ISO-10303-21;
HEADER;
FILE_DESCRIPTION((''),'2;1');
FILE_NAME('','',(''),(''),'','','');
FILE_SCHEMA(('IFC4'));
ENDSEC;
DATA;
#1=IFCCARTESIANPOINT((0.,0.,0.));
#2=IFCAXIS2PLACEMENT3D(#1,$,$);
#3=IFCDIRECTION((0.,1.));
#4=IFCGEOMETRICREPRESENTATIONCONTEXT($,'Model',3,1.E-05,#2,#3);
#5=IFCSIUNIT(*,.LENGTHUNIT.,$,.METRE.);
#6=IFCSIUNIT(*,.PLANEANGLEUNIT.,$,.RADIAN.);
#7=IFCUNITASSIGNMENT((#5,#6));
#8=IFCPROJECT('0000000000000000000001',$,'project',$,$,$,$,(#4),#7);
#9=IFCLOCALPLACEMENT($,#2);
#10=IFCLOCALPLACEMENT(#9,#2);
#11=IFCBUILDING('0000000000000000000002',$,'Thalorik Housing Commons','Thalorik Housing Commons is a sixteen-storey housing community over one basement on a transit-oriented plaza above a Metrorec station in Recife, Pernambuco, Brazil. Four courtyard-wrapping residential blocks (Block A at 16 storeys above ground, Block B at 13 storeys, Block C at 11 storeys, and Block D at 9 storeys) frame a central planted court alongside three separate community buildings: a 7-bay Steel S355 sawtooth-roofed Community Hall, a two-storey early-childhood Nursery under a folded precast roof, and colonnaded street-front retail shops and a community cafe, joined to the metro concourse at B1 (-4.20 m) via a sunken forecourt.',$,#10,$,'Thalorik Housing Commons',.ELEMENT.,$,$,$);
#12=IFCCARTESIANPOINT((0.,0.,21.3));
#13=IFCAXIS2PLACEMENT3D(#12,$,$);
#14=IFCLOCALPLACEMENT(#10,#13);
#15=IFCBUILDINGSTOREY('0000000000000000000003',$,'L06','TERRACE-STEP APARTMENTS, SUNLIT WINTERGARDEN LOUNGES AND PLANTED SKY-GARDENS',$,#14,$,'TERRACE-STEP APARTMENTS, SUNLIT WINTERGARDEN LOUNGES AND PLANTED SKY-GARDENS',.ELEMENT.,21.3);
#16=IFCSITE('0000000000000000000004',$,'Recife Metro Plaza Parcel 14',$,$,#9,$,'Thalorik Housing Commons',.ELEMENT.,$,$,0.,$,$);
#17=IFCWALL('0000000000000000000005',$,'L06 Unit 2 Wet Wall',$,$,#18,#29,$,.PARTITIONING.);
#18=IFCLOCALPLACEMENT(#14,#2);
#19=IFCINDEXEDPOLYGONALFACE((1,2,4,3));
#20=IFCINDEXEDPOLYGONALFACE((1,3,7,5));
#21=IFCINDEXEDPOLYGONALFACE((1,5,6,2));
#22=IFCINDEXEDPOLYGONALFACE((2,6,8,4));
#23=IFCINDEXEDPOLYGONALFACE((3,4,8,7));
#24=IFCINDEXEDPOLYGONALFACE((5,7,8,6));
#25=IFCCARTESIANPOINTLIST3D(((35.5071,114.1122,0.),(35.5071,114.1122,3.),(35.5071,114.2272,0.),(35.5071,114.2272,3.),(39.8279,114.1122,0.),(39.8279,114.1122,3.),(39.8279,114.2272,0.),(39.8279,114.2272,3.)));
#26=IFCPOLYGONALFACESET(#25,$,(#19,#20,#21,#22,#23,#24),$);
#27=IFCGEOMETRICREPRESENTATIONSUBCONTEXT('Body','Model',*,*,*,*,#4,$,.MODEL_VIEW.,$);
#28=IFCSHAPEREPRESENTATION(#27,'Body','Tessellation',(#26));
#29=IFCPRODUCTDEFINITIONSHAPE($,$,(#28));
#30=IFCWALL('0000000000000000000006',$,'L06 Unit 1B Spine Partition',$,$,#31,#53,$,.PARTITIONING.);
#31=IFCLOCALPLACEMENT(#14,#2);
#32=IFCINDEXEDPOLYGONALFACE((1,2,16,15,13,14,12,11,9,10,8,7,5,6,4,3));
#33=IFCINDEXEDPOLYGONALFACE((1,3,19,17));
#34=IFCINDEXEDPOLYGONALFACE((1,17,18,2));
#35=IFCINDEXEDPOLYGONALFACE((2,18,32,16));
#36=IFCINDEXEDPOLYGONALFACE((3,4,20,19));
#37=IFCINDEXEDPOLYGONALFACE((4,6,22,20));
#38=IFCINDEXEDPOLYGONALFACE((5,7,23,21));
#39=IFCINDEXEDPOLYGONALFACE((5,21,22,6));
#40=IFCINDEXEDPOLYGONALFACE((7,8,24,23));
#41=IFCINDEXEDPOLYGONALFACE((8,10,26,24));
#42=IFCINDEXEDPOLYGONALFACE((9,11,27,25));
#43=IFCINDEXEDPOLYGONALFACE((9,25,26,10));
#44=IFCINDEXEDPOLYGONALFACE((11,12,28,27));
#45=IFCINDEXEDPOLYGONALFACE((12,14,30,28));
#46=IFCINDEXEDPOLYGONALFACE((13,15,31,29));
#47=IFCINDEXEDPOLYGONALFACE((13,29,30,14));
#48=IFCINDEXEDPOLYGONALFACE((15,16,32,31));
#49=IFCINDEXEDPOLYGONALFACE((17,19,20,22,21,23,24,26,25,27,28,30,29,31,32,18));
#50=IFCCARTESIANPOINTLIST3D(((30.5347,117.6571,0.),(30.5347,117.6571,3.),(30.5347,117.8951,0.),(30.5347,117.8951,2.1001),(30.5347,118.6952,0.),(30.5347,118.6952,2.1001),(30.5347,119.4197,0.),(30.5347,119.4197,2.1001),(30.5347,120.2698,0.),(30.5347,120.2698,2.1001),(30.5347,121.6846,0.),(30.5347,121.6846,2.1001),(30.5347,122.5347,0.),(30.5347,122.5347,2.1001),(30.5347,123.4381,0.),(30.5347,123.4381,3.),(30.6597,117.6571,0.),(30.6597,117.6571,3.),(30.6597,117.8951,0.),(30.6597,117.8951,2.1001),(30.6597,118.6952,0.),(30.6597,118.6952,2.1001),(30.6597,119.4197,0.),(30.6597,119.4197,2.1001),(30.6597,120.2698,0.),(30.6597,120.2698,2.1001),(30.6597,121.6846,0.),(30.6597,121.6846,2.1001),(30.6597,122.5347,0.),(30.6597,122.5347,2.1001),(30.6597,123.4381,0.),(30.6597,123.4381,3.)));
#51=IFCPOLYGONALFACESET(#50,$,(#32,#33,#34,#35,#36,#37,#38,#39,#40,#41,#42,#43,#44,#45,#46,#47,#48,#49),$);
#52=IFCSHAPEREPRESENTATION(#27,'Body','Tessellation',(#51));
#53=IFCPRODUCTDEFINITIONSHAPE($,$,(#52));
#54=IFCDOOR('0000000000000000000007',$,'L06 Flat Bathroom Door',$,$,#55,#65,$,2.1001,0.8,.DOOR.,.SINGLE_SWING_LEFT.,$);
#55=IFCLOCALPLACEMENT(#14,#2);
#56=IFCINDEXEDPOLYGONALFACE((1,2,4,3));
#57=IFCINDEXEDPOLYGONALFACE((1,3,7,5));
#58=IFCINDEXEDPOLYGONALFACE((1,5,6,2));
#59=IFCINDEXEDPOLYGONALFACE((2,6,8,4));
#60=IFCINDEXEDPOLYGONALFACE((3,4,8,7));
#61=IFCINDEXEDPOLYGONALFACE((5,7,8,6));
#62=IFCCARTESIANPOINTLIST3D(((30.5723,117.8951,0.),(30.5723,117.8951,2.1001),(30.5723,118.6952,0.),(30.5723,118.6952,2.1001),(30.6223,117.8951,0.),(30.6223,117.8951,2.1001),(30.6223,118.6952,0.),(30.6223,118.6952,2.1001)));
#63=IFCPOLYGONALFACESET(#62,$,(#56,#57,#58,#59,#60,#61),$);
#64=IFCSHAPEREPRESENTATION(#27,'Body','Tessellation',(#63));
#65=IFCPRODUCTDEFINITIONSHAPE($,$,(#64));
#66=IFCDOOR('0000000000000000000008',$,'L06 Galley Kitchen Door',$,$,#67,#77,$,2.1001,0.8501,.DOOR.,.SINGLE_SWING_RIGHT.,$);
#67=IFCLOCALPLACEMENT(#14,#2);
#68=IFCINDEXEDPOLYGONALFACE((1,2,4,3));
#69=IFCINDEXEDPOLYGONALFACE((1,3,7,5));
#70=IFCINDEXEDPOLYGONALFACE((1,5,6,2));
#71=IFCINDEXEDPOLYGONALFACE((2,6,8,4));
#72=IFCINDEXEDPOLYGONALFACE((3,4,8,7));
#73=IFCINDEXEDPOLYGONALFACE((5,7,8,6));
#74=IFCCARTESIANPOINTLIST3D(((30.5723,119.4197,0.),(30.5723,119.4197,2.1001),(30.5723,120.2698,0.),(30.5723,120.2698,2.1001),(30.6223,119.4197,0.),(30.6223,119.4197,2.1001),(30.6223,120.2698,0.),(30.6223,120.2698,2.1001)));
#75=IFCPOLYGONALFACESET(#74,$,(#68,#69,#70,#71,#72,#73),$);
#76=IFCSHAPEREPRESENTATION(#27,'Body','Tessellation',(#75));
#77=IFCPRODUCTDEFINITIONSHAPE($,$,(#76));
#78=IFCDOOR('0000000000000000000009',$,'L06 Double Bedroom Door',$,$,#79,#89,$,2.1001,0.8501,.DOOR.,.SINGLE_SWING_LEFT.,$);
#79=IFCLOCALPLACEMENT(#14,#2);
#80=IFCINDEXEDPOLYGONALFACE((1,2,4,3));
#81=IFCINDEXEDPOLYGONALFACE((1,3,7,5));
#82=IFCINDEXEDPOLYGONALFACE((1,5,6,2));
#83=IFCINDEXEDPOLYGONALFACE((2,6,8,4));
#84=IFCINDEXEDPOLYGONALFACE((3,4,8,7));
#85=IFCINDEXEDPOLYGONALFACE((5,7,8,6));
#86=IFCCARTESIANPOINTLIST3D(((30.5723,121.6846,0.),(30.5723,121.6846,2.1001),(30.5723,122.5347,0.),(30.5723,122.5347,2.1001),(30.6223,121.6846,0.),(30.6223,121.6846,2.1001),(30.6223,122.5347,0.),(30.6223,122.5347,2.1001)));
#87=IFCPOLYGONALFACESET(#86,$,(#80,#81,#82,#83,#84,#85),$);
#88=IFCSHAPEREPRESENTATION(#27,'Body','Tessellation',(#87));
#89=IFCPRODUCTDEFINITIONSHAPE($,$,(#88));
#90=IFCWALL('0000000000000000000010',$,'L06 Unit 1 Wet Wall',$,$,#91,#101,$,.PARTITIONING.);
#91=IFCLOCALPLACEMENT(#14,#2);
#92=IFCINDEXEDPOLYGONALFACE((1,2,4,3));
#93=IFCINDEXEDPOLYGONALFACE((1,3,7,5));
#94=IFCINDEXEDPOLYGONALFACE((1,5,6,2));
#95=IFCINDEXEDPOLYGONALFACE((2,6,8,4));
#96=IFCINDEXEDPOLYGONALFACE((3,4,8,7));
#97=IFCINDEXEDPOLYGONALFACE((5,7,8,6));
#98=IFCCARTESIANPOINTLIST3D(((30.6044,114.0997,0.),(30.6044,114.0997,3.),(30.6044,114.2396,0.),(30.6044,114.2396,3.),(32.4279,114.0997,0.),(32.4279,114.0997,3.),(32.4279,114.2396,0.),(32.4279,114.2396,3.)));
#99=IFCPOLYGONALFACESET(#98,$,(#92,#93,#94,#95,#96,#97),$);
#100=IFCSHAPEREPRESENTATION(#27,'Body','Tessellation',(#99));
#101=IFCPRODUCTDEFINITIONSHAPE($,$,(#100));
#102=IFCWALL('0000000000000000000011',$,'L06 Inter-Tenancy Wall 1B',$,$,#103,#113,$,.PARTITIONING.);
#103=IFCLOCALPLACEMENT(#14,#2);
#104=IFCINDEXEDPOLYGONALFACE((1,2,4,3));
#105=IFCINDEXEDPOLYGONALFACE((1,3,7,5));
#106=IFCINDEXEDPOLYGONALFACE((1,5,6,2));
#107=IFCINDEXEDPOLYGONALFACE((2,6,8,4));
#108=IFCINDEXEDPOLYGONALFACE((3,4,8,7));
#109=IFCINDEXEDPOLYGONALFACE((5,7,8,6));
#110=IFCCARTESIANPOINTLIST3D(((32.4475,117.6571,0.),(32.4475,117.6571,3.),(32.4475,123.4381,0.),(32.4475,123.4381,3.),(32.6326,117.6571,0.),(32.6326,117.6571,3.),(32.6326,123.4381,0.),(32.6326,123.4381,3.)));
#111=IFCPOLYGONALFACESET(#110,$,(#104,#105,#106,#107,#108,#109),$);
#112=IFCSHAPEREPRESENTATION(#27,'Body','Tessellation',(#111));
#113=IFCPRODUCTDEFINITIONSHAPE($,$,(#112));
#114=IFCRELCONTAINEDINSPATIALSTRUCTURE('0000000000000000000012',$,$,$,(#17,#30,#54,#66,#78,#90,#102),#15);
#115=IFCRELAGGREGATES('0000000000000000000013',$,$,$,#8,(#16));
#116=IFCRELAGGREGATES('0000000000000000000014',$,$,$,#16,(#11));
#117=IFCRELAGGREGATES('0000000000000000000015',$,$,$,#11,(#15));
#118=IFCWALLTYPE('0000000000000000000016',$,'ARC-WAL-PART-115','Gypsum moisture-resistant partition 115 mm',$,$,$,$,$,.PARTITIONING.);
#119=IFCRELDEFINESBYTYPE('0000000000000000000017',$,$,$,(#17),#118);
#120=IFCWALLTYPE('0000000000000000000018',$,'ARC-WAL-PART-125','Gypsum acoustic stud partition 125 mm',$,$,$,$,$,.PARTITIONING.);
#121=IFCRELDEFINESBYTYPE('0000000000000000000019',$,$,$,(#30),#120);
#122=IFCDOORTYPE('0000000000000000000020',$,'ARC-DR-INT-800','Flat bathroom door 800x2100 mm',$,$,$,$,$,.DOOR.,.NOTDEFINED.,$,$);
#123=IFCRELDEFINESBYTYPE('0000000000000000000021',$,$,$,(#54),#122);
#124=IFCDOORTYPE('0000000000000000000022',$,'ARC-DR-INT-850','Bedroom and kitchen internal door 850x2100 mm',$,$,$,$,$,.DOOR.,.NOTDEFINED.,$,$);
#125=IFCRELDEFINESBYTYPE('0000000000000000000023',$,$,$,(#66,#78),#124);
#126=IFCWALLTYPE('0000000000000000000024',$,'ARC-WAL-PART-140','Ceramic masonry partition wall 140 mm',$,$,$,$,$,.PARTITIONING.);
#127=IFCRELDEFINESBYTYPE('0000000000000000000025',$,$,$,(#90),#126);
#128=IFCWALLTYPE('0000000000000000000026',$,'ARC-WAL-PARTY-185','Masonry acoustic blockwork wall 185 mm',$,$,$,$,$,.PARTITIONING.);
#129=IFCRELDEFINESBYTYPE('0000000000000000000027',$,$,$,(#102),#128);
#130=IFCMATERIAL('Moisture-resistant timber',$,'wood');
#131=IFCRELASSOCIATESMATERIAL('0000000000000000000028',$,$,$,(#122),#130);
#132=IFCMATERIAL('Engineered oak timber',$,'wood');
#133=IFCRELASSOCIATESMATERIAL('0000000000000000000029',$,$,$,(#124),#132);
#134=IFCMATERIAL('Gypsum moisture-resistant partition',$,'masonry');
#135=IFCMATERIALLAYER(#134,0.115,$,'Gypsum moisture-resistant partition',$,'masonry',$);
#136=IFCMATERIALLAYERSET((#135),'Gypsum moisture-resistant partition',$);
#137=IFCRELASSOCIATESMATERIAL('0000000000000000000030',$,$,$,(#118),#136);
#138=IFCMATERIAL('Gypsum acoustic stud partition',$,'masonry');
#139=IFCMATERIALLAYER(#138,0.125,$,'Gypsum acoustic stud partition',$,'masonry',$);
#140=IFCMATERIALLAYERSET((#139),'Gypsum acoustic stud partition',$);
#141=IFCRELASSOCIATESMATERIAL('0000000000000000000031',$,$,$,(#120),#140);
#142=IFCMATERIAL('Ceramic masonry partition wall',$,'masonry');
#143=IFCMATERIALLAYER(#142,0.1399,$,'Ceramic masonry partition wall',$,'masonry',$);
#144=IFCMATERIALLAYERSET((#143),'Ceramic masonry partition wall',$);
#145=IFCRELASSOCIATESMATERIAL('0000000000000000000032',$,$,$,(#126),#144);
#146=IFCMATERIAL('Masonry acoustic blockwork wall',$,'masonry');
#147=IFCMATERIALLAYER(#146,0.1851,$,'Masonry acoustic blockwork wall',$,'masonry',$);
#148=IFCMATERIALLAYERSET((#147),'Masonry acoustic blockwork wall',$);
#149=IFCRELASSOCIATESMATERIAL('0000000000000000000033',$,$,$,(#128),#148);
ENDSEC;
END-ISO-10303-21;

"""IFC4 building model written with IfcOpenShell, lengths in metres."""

from ifc_helpers import new_model, si_unit, direction, frame, frame_2d, origin, place, context, subcontext, project, spatial, rectangle, extrude, material, layer, layer_set, type_object, element, fill, save


model = new_model("IFC4")

# Units and contexts
model_context = context("Model", 3, precision=1e-05, world=origin(), true_north=direction((0.0, 1.0)))
body_context = subcontext(model_context, "Body", "Model", "MODEL_VIEW")
ifc_project = project(units=[si_unit("LENGTHUNIT", "METRE"), si_unit("PLANEANGLEUNIT", "RADIAN")], contexts=[model_context])

# Site, building, storey
site_placement = place(None, origin())
site = spatial("IfcSite", under=ifc_project, at=site_placement, Name="Recife Metro Plaza Parcel 14", LongName="Thalorik Housing Commons", CompositionType="ELEMENT", RefElevation=0.0)
building_placement = place(site_placement, origin())
building = spatial("IfcBuilding", under=site, at=building_placement, Name="Thalorik Housing Commons", Description="Thalorik Housing Commons is a sixteen-storey housing community over one basement on a transit-oriented plaza above a Metrorec station in Recife, Pernambuco, Brazil. Four courtyard-wrapping residential blocks (Block A at 16 storeys above ground, Block B at 13 storeys, Block C at 11 storeys, and Block D at 9 storeys) frame a central planted court alongside three separate community buildings: a 7-bay Steel S355 sawtooth-roofed Community Hall, a two-storey early-childhood Nursery under a folded precast roof, and colonnaded street-front retail shops and a community cafe, joined to the metro concourse at B1 (-4.20 m) via a sunken forecourt.", LongName="Thalorik Housing Commons", CompositionType="ELEMENT")
storey_placement = place(building_placement, frame((0.0, 0.0, 21.3)))
storey = spatial("IfcBuildingStorey", under=building, at=storey_placement, Name="L06", Description="TERRACE-STEP APARTMENTS, SUNLIT WINTERGARDEN LOUNGES AND PLANTED SKY-GARDENS", LongName="TERRACE-STEP APARTMENTS, SUNLIT WINTERGARDEN LOUNGES AND PLANTED SKY-GARDENS", CompositionType="ELEMENT", Elevation=21.3)

# Shared definitions
ifc_material_1 = material(Name="Moisture-resistant timber", Category="wood")
door_type_1 = type_object("IfcDoorType", Name="ARC-DR-INT-800", Description="Flat bathroom door 800x2100 mm", OperationType="NOTDEFINED", PredefinedType="DOOR", material=ifc_material_1)
ifc_material_2 = material(Name="Engineered oak timber", Category="wood")
door_type_2 = type_object("IfcDoorType", Name="ARC-DR-INT-850", Description="Bedroom and kitchen internal door 850x2100 mm", OperationType="NOTDEFINED", PredefinedType="DOOR", material=ifc_material_2)

# Wall
ifc_material_3 = material(Name="Gypsum moisture-resistant partition", Category="masonry")
ifc_layer_1 = layer(ifc_material_3, 0.115, Name="Gypsum moisture-resistant partition", Category="masonry")
ifc_layer_set_1 = layer_set([ifc_layer_1], Name="Gypsum moisture-resistant partition")
wall_type_1 = type_object("IfcWallType", Name="ARC-WAL-PART-115", Description="Gypsum moisture-resistant partition 115 mm", PredefinedType="PARTITIONING", material=ifc_layer_set_1)
wall_1_placement = place(storey_placement, frame((35.5071, 114.1697, 0.0), z_axis=(0.0, 0.0, 1.0), x_axis=(1.0, 0.0, 0.0)))
element("IfcWall", 1, at=wall_1_placement, inside=storey, type_object=wall_type_1, Name="L06 Unit 2 Wet Wall", PredefinedType="PARTITIONING", context=body_context, shape_type="SweptSolid", body=[
    extrude(rectangle(XDim=4.3208, YDim=0.115, at=frame_2d((2.1604, 0.0))), origin(), (0.0, 0.0, 1.0), 3.0),
])

# Wall, openings, doors
ifc_material_4 = material(Name="Gypsum acoustic stud partition", Category="masonry")
ifc_layer_2 = layer(ifc_material_4, 0.125, Name="Gypsum acoustic stud partition", Category="masonry")
ifc_layer_set_2 = layer_set([ifc_layer_2], Name="Gypsum acoustic stud partition")
wall_type_2 = type_object("IfcWallType", Name="ARC-WAL-PART-125", Description="Gypsum acoustic stud partition 125 mm", PredefinedType="PARTITIONING", material=ifc_layer_set_2)
wall_2_placement = place(storey_placement, frame((30.5972, 117.657, 0.0), z_axis=(0.0, 0.0, 1.0), x_axis=(0.0, 1.0, 0.0)))
wall_2 = element("IfcWall", 2, at=wall_2_placement, inside=storey, type_object=wall_type_2, Name="L06 Unit 1B Spine Partition", PredefinedType="PARTITIONING", context=body_context, shape_type="SweptSolid", body=[
    extrude(rectangle(XDim=5.781, YDim=0.125, at=frame_2d((2.8906, 0.0))), origin(), (0.0, 0.0, 1.0), 3.0),
])
opening_1_placement = place(wall_2_placement, frame((0.2383, 0.0, 0.0)))
opening_1 = element("IfcOpeningElement", 3, at=opening_1_placement, cuts=wall_2, PredefinedType="OPENING", context=body_context, shape_type="SweptSolid", body=[
    extrude(rectangle(XDim=0.8, YDim=2.1001, at=frame_2d((0.3999, 1.05))), frame((0.0, 0.0725, 0.0), z_axis=(0.0, -1.0, 0.0), x_axis=(1.0, 0.0, 0.0)), (0.0, 0.0, 1.0), 0.145),
])
opening_2_placement = place(wall_2_placement, frame((1.7627, 0.0, 0.0)))
opening_2 = element("IfcOpeningElement", 4, at=opening_2_placement, cuts=wall_2, PredefinedType="OPENING", context=body_context, shape_type="SweptSolid", body=[
    extrude(rectangle(XDim=0.8501, YDim=2.1001, at=frame_2d((0.425, 1.05))), frame((0.0, 0.0725, 0.0), z_axis=(0.0, -1.0, 0.0), x_axis=(1.0, 0.0, 0.0)), (0.0, 0.0, 1.0), 0.145),
])
opening_3_placement = place(wall_2_placement, frame((4.0276, 0.0, 0.0)))
opening_3 = element("IfcOpeningElement", 5, at=opening_3_placement, cuts=wall_2, PredefinedType="OPENING", context=body_context, shape_type="SweptSolid", body=[
    extrude(rectangle(XDim=0.8501, YDim=2.1001, at=frame_2d((0.425, 1.05))), frame((0.0, 0.0725, 0.0), z_axis=(0.0, -1.0, 0.0), x_axis=(1.0, 0.0, 0.0)), (0.0, 0.0, 1.0), 0.145),
])
door_1_placement = place(opening_1_placement, origin())
door_1 = element("IfcDoor", 6, at=door_1_placement, inside=storey, type_object=door_type_1, Name="L06 Flat Bathroom Door", OperationType="SINGLE_SWING_LEFT", OverallHeight=2.1001, OverallWidth=0.8, PredefinedType="DOOR", context=body_context, shape_type="SweptSolid", body=[
    extrude(rectangle(XDim=0.8, YDim=2.1001, at=frame_2d((0.3999, 1.05))), frame((0.0, 0.0249, 0.0), z_axis=(0.0, -1.0, 0.0), x_axis=(1.0, 0.0, 0.0)), (0.0, 0.0, 1.0), 0.05),
])
fill(opening_1, door_1)
door_2_placement = place(opening_2_placement, origin())
door_2 = element("IfcDoor", 7, at=door_2_placement, inside=storey, type_object=door_type_2, Name="L06 Galley Kitchen Door", OperationType="SINGLE_SWING_RIGHT", OverallHeight=2.1001, OverallWidth=0.8501, PredefinedType="DOOR", context=body_context, shape_type="SweptSolid", body=[
    extrude(rectangle(XDim=0.8501, YDim=2.1001, at=frame_2d((0.425, 1.05))), frame((0.0, 0.0249, 0.0), z_axis=(0.0, -1.0, 0.0), x_axis=(1.0, 0.0, 0.0)), (0.0, 0.0, 1.0), 0.05),
])
fill(opening_2, door_2)
door_3_placement = place(opening_3_placement, origin())
door_3 = element("IfcDoor", 8, at=door_3_placement, inside=storey, type_object=door_type_2, Name="L06 Double Bedroom Door", OperationType="SINGLE_SWING_LEFT", OverallHeight=2.1001, OverallWidth=0.8501, PredefinedType="DOOR", context=body_context, shape_type="SweptSolid", body=[
    extrude(rectangle(XDim=0.8501, YDim=2.1001, at=frame_2d((0.425, 1.05))), frame((0.0, 0.0249, 0.0), z_axis=(0.0, -1.0, 0.0), x_axis=(1.0, 0.0, 0.0)), (0.0, 0.0, 1.0), 0.05),
])
fill(opening_3, door_3)

# Walls
ifc_material_5 = material(Name="Ceramic masonry partition wall", Category="masonry")
ifc_layer_3 = layer(ifc_material_5, 0.1399, Name="Ceramic masonry partition wall", Category="masonry")
ifc_layer_set_3 = layer_set([ifc_layer_3], Name="Ceramic masonry partition wall")
wall_type_3 = type_object("IfcWallType", Name="ARC-WAL-PART-140", Description="Ceramic masonry partition wall 140 mm", PredefinedType="PARTITIONING", material=ifc_layer_set_3)
wall_3_placement = place(storey_placement, frame((30.6045, 114.1697, 0.0), z_axis=(0.0, 0.0, 1.0), x_axis=(1.0, 0.0, 0.0)))
element("IfcWall", 9, at=wall_3_placement, inside=storey, type_object=wall_type_3, Name="L06 Unit 1 Wet Wall", PredefinedType="PARTITIONING", context=body_context, shape_type="SweptSolid", body=[
    extrude(rectangle(XDim=1.8235, YDim=0.1399, at=frame_2d((0.9116, 0.0))), origin(), (0.0, 0.0, 1.0), 3.0),
])
ifc_material_6 = material(Name="Masonry acoustic blockwork wall", Category="masonry")
ifc_layer_4 = layer(ifc_material_6, 0.1851, Name="Masonry acoustic blockwork wall", Category="masonry")
ifc_layer_set_4 = layer_set([ifc_layer_4], Name="Masonry acoustic blockwork wall")
wall_type_4 = type_object("IfcWallType", Name="ARC-WAL-PARTY-185", Description="Masonry acoustic blockwork wall 185 mm", PredefinedType="PARTITIONING", material=ifc_layer_set_4)
wall_4_placement = place(storey_placement, frame((32.54, 117.657, 0.0), z_axis=(0.0, 0.0, 1.0), x_axis=(0.0, 1.0, 0.0)))
element("IfcWall", 10, at=wall_4_placement, inside=storey, type_object=wall_type_4, Name="L06 Inter-Tenancy Wall 1B", PredefinedType="PARTITIONING", context=body_context, shape_type="SweptSolid", body=[
    extrude(rectangle(XDim=5.781, YDim=0.1851, at=frame_2d((2.8906, 0.0))), origin(), (0.0, 0.0, 1.0), 3.0),
])

save(model, "model.ifc")
